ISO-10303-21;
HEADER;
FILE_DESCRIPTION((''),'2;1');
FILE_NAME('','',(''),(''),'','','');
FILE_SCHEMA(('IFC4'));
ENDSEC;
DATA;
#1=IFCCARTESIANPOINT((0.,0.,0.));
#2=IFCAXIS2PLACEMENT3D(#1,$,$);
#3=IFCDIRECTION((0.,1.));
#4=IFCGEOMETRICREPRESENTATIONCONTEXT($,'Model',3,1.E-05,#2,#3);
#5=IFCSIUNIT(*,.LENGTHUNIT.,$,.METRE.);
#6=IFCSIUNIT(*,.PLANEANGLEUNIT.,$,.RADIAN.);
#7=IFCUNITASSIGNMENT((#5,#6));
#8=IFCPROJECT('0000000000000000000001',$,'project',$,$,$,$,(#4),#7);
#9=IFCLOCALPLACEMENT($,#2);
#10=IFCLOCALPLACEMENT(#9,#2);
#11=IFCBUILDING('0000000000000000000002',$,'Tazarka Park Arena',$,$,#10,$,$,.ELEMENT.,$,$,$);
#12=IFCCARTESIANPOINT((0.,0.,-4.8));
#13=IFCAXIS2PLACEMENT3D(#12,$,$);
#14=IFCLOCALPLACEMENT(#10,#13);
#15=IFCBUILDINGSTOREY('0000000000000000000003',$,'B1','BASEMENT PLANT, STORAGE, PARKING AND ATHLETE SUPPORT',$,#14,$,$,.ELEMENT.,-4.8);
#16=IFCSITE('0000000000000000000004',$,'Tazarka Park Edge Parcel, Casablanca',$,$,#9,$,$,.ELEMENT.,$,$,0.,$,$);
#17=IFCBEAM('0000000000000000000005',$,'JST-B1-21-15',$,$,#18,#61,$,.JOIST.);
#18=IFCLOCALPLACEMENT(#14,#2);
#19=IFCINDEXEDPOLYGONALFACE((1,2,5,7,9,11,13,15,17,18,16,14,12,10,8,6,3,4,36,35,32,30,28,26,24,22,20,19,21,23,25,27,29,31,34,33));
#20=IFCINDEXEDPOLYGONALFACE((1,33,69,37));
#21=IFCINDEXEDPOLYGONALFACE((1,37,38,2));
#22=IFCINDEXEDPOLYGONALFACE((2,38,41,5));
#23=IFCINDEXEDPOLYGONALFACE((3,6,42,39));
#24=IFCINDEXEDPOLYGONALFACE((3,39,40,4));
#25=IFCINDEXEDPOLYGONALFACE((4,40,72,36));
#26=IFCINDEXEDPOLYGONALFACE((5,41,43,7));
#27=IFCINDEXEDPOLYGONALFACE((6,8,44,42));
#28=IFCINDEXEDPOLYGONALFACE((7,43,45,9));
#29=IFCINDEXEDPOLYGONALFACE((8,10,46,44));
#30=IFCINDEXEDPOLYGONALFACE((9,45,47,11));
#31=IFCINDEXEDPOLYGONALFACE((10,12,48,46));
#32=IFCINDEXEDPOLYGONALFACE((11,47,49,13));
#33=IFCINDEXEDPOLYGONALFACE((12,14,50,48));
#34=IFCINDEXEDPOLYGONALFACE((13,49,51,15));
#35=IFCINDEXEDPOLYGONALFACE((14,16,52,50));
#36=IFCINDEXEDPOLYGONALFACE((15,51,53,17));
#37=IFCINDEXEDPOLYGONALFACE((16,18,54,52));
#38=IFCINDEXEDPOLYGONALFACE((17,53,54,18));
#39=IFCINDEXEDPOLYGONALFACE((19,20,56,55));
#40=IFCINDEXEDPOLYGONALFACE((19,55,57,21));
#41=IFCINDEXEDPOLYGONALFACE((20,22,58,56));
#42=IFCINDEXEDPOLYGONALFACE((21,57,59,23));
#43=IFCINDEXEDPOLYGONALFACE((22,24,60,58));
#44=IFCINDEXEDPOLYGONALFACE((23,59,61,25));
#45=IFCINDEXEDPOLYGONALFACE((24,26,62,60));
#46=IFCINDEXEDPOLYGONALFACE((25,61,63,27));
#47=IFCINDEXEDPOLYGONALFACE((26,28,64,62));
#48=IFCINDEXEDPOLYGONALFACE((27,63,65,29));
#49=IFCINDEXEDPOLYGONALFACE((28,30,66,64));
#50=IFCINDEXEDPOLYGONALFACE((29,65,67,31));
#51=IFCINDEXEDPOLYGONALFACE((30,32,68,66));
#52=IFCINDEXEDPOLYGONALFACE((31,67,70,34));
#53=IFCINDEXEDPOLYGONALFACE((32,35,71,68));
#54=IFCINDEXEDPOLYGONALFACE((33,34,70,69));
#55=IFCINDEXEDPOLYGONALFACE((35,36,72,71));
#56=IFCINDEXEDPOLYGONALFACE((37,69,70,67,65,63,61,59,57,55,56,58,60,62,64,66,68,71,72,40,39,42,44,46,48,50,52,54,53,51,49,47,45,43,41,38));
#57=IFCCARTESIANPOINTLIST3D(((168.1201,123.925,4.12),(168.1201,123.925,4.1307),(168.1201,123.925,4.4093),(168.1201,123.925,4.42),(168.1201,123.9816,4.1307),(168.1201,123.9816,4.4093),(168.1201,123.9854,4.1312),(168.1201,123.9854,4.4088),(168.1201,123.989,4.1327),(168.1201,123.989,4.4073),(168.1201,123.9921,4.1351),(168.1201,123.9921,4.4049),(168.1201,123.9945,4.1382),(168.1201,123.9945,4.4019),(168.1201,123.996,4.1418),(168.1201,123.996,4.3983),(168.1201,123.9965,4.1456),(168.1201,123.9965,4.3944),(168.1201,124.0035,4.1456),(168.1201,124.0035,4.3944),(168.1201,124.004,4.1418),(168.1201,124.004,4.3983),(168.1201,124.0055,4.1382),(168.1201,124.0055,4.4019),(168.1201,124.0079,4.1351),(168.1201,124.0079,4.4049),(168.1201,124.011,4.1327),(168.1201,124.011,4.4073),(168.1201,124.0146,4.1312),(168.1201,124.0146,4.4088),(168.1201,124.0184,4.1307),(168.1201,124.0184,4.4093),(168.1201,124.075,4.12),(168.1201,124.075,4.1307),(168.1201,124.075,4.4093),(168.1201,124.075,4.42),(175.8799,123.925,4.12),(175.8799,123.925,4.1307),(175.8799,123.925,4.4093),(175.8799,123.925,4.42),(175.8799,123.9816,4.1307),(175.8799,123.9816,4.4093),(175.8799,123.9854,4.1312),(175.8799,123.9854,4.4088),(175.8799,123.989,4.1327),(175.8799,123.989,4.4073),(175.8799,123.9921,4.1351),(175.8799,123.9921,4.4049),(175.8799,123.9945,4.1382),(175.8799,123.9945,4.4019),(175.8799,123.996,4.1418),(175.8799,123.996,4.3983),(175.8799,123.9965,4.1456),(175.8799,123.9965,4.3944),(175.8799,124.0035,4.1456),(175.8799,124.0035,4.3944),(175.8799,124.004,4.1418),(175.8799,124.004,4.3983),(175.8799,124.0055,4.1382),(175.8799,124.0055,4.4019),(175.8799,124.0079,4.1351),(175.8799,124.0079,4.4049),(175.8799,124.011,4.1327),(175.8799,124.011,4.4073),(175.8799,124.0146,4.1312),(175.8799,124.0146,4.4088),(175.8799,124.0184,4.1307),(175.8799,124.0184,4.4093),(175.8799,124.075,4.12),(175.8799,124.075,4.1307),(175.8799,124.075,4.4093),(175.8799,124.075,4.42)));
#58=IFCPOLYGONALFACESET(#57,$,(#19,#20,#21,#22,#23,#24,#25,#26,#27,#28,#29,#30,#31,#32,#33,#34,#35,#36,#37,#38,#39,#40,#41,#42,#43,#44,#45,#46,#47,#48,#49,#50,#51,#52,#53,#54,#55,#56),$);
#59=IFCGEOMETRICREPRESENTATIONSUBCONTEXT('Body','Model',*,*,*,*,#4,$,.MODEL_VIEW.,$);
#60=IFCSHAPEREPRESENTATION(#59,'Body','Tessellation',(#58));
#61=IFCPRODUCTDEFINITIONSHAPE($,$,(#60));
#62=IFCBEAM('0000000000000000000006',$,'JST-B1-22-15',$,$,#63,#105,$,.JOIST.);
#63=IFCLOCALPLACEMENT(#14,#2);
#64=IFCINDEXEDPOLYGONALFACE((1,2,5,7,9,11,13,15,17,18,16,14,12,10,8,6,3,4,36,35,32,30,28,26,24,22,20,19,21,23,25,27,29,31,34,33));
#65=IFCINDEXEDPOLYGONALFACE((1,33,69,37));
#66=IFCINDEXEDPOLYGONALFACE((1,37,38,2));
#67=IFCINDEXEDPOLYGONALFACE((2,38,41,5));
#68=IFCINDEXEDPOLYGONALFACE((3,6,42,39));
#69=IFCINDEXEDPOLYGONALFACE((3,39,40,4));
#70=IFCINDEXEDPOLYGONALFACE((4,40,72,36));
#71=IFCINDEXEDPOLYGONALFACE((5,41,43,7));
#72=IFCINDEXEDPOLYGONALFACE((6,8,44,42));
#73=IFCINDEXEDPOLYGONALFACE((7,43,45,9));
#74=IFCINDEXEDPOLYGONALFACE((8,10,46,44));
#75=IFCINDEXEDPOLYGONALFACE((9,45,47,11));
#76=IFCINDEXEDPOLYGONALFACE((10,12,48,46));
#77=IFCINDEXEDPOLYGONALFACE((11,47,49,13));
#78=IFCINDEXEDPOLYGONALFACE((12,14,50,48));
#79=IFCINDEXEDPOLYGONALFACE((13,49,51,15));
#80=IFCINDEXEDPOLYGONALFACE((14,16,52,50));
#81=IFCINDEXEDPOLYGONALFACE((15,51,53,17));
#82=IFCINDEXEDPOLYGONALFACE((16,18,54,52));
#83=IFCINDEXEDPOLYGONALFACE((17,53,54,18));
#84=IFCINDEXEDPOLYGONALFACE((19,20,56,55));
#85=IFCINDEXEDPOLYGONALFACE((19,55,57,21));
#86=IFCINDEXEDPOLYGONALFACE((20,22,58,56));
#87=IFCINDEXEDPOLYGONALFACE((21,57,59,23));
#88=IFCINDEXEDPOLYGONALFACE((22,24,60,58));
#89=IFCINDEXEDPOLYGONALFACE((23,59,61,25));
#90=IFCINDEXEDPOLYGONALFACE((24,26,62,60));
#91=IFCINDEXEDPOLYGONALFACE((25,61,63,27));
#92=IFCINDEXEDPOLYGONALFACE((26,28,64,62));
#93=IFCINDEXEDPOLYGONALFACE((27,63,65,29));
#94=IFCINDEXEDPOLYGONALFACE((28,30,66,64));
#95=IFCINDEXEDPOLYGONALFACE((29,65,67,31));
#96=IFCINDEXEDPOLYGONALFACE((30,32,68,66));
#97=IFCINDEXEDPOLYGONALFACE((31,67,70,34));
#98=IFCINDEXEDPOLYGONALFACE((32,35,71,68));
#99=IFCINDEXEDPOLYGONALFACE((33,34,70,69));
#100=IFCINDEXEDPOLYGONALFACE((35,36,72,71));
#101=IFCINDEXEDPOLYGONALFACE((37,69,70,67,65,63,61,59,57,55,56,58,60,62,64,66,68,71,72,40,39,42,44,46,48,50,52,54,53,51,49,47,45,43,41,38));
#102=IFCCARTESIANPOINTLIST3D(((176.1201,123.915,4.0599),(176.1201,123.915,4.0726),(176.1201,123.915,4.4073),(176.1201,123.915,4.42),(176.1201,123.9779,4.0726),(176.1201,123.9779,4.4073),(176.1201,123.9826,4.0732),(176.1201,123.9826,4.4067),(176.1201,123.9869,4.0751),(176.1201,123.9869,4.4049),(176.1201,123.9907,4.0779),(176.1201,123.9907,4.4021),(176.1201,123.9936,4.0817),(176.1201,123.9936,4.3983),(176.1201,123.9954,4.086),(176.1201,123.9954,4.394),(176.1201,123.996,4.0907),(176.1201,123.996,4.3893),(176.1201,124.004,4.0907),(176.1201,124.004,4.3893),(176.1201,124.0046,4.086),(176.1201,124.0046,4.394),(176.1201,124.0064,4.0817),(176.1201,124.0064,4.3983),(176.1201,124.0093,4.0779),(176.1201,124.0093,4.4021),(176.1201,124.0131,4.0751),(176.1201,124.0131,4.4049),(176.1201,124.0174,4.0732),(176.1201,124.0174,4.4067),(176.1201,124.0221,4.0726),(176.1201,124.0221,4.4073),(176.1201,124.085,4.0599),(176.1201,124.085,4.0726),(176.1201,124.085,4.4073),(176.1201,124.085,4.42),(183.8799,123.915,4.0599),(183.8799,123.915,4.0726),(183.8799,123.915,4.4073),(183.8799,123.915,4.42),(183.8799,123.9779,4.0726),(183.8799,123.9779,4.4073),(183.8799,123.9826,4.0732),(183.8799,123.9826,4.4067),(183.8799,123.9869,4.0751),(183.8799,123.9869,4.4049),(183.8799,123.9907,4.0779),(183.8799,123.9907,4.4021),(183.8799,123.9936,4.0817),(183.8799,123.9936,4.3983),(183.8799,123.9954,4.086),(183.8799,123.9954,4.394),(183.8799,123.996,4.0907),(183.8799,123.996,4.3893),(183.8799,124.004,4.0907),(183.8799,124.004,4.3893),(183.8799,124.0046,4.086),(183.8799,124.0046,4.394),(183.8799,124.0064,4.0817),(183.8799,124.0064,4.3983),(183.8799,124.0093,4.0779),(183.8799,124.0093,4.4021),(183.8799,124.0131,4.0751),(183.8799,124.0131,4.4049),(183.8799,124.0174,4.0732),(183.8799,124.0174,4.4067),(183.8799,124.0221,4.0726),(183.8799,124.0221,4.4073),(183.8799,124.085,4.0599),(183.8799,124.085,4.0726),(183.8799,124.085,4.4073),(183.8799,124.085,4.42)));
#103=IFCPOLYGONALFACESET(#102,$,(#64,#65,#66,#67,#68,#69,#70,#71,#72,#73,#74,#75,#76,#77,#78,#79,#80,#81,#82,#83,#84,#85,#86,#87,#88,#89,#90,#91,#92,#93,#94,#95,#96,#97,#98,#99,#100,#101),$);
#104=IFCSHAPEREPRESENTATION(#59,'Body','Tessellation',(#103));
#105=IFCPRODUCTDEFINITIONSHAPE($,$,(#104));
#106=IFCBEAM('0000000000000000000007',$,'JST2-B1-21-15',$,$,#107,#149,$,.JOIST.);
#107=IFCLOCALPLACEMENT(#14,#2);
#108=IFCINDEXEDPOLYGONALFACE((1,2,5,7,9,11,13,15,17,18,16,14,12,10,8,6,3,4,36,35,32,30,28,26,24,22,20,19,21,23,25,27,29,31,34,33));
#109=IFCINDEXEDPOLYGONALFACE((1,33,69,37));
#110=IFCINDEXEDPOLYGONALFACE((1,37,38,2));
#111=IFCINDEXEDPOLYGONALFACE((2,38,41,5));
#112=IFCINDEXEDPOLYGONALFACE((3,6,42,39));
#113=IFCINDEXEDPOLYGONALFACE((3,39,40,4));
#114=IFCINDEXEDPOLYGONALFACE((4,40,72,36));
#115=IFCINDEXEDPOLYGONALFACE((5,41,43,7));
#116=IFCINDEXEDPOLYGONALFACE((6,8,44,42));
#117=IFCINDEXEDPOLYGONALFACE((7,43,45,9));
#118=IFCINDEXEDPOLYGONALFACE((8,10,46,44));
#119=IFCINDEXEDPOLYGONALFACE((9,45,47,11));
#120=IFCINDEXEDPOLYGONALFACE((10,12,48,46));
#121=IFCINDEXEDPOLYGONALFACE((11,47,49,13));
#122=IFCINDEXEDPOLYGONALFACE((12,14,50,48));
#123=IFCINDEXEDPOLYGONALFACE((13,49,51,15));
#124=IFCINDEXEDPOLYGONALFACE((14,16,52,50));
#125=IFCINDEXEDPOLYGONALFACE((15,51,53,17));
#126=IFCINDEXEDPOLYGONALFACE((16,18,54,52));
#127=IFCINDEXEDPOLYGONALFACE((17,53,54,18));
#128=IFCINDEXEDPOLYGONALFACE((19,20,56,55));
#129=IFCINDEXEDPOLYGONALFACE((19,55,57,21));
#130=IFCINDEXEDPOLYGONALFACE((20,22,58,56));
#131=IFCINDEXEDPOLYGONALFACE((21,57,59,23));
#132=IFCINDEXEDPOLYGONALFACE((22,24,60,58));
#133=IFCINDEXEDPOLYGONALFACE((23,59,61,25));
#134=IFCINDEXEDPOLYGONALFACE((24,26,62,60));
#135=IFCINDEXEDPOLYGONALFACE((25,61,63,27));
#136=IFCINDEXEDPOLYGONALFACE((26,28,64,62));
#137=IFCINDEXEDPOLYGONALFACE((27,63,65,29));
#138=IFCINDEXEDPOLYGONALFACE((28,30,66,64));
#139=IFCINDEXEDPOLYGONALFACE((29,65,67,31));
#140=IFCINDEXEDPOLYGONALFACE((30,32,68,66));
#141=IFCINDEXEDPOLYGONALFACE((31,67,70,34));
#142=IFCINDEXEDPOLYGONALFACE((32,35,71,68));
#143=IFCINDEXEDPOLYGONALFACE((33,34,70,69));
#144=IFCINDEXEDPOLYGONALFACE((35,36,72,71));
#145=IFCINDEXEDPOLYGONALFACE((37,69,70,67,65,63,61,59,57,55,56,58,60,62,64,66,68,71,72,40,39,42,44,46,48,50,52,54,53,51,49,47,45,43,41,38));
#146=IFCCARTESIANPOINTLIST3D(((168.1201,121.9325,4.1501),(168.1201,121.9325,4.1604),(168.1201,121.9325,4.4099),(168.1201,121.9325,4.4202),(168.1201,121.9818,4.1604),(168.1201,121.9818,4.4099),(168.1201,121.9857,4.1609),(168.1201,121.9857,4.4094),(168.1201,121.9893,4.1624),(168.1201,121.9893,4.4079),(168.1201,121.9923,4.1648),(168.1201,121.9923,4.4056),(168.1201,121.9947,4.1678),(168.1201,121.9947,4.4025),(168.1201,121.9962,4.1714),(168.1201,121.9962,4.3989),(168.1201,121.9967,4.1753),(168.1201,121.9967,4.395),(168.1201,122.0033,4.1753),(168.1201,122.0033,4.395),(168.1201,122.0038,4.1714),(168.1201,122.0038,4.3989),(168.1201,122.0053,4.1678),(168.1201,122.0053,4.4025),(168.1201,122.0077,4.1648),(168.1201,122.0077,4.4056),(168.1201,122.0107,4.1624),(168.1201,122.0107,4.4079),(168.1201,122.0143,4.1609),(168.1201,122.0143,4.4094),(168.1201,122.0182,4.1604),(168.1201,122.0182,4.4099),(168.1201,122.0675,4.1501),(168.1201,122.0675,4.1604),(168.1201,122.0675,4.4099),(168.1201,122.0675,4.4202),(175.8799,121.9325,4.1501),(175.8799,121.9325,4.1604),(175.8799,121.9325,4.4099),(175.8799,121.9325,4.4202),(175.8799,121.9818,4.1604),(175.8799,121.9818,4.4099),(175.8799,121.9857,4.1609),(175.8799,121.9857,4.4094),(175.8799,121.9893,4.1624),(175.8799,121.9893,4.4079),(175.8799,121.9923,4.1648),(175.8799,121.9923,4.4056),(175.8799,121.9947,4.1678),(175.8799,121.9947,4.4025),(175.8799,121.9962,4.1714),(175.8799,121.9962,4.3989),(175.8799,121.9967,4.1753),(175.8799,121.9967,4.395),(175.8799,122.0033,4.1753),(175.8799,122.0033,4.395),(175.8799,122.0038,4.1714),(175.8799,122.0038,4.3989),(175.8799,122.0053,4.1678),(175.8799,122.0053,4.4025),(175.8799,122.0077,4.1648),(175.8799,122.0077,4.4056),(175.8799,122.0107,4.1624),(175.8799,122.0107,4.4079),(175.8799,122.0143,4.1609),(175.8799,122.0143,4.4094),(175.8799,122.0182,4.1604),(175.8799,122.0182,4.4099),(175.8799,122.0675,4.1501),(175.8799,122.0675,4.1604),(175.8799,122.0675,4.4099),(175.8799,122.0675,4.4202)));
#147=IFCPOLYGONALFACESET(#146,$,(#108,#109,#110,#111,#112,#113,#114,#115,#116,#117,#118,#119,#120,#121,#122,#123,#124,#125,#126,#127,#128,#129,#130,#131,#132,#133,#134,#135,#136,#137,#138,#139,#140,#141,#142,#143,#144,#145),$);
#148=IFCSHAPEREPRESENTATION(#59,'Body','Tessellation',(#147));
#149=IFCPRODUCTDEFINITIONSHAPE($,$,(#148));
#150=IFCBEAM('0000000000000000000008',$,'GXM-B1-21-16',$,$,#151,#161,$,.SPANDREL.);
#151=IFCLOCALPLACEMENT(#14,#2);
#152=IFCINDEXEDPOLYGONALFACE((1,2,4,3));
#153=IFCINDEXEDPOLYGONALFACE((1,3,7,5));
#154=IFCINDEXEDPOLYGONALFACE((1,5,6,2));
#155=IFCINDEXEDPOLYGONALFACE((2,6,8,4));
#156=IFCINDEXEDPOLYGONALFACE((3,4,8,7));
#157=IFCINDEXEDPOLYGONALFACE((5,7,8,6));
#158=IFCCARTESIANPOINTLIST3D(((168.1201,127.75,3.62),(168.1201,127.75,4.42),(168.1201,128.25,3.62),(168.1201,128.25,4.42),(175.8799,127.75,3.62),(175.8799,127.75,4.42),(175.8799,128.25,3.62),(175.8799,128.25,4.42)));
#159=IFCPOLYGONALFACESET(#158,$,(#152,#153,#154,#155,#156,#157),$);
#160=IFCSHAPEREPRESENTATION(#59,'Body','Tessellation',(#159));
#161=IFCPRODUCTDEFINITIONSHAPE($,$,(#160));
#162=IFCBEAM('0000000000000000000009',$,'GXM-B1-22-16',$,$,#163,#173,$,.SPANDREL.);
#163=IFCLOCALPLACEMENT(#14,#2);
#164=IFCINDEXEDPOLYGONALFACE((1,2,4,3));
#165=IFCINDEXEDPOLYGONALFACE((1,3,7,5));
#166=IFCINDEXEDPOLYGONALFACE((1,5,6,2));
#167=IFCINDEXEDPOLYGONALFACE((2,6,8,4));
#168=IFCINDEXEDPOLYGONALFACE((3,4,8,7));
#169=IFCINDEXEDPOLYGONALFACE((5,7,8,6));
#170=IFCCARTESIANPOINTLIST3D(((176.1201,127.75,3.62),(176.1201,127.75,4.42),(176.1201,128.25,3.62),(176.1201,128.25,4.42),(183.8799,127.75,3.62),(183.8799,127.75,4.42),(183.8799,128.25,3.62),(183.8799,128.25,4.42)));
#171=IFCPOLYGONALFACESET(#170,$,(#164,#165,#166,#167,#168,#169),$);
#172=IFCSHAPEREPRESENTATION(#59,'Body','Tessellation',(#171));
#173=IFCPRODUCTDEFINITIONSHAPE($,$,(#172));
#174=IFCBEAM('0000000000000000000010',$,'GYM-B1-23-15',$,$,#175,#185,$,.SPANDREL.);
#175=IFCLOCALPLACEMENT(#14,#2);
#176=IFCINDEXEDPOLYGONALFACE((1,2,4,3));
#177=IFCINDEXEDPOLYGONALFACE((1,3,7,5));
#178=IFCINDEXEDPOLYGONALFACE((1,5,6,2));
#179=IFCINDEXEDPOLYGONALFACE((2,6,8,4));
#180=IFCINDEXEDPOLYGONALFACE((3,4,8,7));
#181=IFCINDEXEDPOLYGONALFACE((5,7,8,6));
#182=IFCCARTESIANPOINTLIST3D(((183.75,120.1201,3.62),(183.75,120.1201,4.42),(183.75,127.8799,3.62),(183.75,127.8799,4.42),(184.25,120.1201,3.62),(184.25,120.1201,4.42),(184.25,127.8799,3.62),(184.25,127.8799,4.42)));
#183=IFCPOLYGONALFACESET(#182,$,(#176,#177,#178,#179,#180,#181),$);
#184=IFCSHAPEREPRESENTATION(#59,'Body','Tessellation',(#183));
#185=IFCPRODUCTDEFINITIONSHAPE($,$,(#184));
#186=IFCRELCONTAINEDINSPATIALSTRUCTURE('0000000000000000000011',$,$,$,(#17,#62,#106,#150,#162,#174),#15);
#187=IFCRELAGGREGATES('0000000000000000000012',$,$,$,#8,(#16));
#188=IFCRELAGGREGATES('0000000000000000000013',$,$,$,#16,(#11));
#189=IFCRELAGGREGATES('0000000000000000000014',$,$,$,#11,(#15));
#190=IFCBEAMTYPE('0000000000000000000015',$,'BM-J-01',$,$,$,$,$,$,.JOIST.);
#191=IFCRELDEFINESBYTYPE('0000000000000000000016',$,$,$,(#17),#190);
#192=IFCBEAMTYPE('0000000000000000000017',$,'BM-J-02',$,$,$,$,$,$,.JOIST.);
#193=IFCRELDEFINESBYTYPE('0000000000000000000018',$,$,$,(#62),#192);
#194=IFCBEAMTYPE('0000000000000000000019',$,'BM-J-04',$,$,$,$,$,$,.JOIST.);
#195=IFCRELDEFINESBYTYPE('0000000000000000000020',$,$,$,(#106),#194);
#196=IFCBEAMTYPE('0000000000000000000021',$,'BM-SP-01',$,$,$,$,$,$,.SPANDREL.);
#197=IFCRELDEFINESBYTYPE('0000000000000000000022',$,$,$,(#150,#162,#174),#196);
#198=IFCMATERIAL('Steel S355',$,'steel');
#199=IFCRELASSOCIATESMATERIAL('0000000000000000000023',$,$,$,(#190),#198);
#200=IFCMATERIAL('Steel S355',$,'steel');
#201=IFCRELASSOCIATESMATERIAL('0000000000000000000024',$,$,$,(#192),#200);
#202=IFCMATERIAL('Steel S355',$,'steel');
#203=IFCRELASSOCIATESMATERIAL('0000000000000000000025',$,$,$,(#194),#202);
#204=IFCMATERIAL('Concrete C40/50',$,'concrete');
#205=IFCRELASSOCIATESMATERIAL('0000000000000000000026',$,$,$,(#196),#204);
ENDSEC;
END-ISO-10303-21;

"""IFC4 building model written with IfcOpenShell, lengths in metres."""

from ifc_helpers import new_model, si_unit, direction, frame, origin, origin_2d, place, context, subcontext, project, spatial, rectangle, i_section, extrude, material, material_profile, profile_set, type_object, element, save


model = new_model("IFC4")

# Units and contexts
model_context = context("Model", 3, precision=1e-05, world=origin(), true_north=direction((0.0, 1.0)))
body_context = subcontext(model_context, "Body", "Model", "MODEL_VIEW")
ifc_project = project(units=[si_unit("LENGTHUNIT", "METRE"), si_unit("PLANEANGLEUNIT", "RADIAN")], contexts=[model_context])

# Site, building, storey
site_placement = place(None, origin())
site = spatial("IfcSite", under=ifc_project, at=site_placement, Name="Tazarka Park Edge Parcel, Casablanca", CompositionType="ELEMENT", RefElevation=0.0)
building_placement = place(site_placement, origin())
building = spatial("IfcBuilding", under=site, at=building_placement, Name="Tazarka Park Arena", CompositionType="ELEMENT")
storey_placement = place(building_placement, frame((0.0, 0.0, -4.8)))
storey = spatial("IfcBuildingStorey", under=building, at=storey_placement, Name="B1", Description="BASEMENT PLANT, STORAGE, PARKING AND ATHLETE SUPPORT", CompositionType="ELEMENT", Elevation=-4.8)

# Beams
ifc_material_1 = material(Name="Steel S355", Category="steel")
ifc_material_profile_1 = material_profile(ifc_material_1, i_section(OverallWidth=0.1499, OverallDepth=0.3, WebThickness=0.0071, FlangeThickness=0.0107, FilletRadius=0.0149, at=origin_2d()), Name="Steel S355")
ifc_profile_set_1 = profile_set([ifc_material_profile_1], Name="Steel S355")
beam_type_1 = type_object("IfcBeamType", Name="BM-J-01", PredefinedType="JOIST", material=ifc_profile_set_1)
beam_1_placement = place(storey_placement, frame((168.1201, 124.0, 4.27), z_axis=(1.0, 0.0, 0.0), x_axis=(0.0, 1.0, 0.0)))
element("IfcBeam", 1, at=beam_1_placement, inside=storey, type_object=beam_type_1, Name="JST-B1-21-15", PredefinedType="JOIST", context=body_context, shape_type="SweptSolid", body=[
    extrude(i_section(OverallWidth=0.1499, OverallDepth=0.3, WebThickness=0.0071, FlangeThickness=0.0107, FilletRadius=0.0149, at=origin_2d()), origin(), (0.0, 0.0, 1.0), 7.7598),
])
ifc_material_2 = material(Name="Steel S355", Category="steel")
ifc_material_profile_2 = material_profile(ifc_material_2, i_section(OverallWidth=0.1699, OverallDepth=0.3601, WebThickness=0.0081, FlangeThickness=0.0127, FilletRadius=0.0181, at=origin_2d()), Name="Steel S355")
ifc_profile_set_2 = profile_set([ifc_material_profile_2], Name="Steel S355")
beam_type_2 = type_object("IfcBeamType", Name="BM-J-02", PredefinedType="JOIST", material=ifc_profile_set_2)
beam_2_placement = place(storey_placement, frame((176.1201, 124.0, 4.24), z_axis=(1.0, 0.0, 0.0), x_axis=(0.0, 1.0, 0.0)))
element("IfcBeam", 2, at=beam_2_placement, inside=storey, type_object=beam_type_2, Name="JST-B1-22-15", PredefinedType="JOIST", context=body_context, shape_type="SweptSolid", body=[
    extrude(i_section(OverallWidth=0.1699, OverallDepth=0.3601, WebThickness=0.0081, FlangeThickness=0.0127, FilletRadius=0.0181, at=origin_2d()), origin(), (0.0, 0.0, 1.0), 7.7598),
])
ifc_material_3 = material(Name="Steel S355", Category="steel")
ifc_material_profile_3 = material_profile(ifc_material_3, i_section(OverallWidth=0.135, OverallDepth=0.27, WebThickness=0.0066, FlangeThickness=0.0103, FilletRadius=0.0149, at=origin_2d()), Name="Steel S355")
ifc_profile_set_3 = profile_set([ifc_material_profile_3], Name="Steel S355")
beam_type_3 = type_object("IfcBeamType", Name="BM-J-04", PredefinedType="JOIST", material=ifc_profile_set_3)
beam_3_placement = place(storey_placement, frame((168.1201, 122.0, 4.2852), z_axis=(1.0, 0.0, 0.0), x_axis=(0.0, 1.0, 0.0)))
element("IfcBeam", 3, at=beam_3_placement, inside=storey, type_object=beam_type_3, Name="JST2-B1-21-15", PredefinedType="JOIST", context=body_context, shape_type="SweptSolid", body=[
    extrude(i_section(OverallWidth=0.135, OverallDepth=0.27, WebThickness=0.0066, FlangeThickness=0.0103, FilletRadius=0.0149, at=origin_2d()), origin(), (0.0, 0.0, 1.0), 7.7598),
])
ifc_material_4 = material(Name="Concrete C40/50", Category="concrete")
ifc_material_profile_4 = material_profile(ifc_material_4, rectangle(XDim=0.5, YDim=0.8, at=origin_2d()), Name="Concrete C40/50")
ifc_profile_set_4 = profile_set([ifc_material_profile_4], Name="Concrete C40/50")
beam_type_4 = type_object("IfcBeamType", Name="BM-SP-01", PredefinedType="SPANDREL", material=ifc_profile_set_4)
for number, where, z_axis, x_axis, name in (
    (4, (168.1201, 128.0, 4.02), (1.0, 0.0, 0.0), (0.0, 1.0, 0.0), "GXM-B1-21-16"),
    (5, (176.1201, 128.0, 4.02), (1.0, 0.0, 0.0), (0.0, 1.0, 0.0), "GXM-B1-22-16"),
    (6, (184.0, 120.1201, 4.02), (0.0, 1.0, 0.0), (-1.0, 0.0, 0.0), "GYM-B1-23-15"),
):
    element("IfcBeam", number, at=place(storey_placement, frame(where, z_axis=z_axis, x_axis=x_axis)), inside=storey, type_object=beam_type_4, Name=name, PredefinedType="SPANDREL", context=body_context, shape_type="SweptSolid", body=[
        extrude(rectangle(XDim=0.5, YDim=0.8, at=origin_2d()), origin(), (0.0, 0.0, 1.0), 7.7598),
    ])

save(model, "model.ifc")
